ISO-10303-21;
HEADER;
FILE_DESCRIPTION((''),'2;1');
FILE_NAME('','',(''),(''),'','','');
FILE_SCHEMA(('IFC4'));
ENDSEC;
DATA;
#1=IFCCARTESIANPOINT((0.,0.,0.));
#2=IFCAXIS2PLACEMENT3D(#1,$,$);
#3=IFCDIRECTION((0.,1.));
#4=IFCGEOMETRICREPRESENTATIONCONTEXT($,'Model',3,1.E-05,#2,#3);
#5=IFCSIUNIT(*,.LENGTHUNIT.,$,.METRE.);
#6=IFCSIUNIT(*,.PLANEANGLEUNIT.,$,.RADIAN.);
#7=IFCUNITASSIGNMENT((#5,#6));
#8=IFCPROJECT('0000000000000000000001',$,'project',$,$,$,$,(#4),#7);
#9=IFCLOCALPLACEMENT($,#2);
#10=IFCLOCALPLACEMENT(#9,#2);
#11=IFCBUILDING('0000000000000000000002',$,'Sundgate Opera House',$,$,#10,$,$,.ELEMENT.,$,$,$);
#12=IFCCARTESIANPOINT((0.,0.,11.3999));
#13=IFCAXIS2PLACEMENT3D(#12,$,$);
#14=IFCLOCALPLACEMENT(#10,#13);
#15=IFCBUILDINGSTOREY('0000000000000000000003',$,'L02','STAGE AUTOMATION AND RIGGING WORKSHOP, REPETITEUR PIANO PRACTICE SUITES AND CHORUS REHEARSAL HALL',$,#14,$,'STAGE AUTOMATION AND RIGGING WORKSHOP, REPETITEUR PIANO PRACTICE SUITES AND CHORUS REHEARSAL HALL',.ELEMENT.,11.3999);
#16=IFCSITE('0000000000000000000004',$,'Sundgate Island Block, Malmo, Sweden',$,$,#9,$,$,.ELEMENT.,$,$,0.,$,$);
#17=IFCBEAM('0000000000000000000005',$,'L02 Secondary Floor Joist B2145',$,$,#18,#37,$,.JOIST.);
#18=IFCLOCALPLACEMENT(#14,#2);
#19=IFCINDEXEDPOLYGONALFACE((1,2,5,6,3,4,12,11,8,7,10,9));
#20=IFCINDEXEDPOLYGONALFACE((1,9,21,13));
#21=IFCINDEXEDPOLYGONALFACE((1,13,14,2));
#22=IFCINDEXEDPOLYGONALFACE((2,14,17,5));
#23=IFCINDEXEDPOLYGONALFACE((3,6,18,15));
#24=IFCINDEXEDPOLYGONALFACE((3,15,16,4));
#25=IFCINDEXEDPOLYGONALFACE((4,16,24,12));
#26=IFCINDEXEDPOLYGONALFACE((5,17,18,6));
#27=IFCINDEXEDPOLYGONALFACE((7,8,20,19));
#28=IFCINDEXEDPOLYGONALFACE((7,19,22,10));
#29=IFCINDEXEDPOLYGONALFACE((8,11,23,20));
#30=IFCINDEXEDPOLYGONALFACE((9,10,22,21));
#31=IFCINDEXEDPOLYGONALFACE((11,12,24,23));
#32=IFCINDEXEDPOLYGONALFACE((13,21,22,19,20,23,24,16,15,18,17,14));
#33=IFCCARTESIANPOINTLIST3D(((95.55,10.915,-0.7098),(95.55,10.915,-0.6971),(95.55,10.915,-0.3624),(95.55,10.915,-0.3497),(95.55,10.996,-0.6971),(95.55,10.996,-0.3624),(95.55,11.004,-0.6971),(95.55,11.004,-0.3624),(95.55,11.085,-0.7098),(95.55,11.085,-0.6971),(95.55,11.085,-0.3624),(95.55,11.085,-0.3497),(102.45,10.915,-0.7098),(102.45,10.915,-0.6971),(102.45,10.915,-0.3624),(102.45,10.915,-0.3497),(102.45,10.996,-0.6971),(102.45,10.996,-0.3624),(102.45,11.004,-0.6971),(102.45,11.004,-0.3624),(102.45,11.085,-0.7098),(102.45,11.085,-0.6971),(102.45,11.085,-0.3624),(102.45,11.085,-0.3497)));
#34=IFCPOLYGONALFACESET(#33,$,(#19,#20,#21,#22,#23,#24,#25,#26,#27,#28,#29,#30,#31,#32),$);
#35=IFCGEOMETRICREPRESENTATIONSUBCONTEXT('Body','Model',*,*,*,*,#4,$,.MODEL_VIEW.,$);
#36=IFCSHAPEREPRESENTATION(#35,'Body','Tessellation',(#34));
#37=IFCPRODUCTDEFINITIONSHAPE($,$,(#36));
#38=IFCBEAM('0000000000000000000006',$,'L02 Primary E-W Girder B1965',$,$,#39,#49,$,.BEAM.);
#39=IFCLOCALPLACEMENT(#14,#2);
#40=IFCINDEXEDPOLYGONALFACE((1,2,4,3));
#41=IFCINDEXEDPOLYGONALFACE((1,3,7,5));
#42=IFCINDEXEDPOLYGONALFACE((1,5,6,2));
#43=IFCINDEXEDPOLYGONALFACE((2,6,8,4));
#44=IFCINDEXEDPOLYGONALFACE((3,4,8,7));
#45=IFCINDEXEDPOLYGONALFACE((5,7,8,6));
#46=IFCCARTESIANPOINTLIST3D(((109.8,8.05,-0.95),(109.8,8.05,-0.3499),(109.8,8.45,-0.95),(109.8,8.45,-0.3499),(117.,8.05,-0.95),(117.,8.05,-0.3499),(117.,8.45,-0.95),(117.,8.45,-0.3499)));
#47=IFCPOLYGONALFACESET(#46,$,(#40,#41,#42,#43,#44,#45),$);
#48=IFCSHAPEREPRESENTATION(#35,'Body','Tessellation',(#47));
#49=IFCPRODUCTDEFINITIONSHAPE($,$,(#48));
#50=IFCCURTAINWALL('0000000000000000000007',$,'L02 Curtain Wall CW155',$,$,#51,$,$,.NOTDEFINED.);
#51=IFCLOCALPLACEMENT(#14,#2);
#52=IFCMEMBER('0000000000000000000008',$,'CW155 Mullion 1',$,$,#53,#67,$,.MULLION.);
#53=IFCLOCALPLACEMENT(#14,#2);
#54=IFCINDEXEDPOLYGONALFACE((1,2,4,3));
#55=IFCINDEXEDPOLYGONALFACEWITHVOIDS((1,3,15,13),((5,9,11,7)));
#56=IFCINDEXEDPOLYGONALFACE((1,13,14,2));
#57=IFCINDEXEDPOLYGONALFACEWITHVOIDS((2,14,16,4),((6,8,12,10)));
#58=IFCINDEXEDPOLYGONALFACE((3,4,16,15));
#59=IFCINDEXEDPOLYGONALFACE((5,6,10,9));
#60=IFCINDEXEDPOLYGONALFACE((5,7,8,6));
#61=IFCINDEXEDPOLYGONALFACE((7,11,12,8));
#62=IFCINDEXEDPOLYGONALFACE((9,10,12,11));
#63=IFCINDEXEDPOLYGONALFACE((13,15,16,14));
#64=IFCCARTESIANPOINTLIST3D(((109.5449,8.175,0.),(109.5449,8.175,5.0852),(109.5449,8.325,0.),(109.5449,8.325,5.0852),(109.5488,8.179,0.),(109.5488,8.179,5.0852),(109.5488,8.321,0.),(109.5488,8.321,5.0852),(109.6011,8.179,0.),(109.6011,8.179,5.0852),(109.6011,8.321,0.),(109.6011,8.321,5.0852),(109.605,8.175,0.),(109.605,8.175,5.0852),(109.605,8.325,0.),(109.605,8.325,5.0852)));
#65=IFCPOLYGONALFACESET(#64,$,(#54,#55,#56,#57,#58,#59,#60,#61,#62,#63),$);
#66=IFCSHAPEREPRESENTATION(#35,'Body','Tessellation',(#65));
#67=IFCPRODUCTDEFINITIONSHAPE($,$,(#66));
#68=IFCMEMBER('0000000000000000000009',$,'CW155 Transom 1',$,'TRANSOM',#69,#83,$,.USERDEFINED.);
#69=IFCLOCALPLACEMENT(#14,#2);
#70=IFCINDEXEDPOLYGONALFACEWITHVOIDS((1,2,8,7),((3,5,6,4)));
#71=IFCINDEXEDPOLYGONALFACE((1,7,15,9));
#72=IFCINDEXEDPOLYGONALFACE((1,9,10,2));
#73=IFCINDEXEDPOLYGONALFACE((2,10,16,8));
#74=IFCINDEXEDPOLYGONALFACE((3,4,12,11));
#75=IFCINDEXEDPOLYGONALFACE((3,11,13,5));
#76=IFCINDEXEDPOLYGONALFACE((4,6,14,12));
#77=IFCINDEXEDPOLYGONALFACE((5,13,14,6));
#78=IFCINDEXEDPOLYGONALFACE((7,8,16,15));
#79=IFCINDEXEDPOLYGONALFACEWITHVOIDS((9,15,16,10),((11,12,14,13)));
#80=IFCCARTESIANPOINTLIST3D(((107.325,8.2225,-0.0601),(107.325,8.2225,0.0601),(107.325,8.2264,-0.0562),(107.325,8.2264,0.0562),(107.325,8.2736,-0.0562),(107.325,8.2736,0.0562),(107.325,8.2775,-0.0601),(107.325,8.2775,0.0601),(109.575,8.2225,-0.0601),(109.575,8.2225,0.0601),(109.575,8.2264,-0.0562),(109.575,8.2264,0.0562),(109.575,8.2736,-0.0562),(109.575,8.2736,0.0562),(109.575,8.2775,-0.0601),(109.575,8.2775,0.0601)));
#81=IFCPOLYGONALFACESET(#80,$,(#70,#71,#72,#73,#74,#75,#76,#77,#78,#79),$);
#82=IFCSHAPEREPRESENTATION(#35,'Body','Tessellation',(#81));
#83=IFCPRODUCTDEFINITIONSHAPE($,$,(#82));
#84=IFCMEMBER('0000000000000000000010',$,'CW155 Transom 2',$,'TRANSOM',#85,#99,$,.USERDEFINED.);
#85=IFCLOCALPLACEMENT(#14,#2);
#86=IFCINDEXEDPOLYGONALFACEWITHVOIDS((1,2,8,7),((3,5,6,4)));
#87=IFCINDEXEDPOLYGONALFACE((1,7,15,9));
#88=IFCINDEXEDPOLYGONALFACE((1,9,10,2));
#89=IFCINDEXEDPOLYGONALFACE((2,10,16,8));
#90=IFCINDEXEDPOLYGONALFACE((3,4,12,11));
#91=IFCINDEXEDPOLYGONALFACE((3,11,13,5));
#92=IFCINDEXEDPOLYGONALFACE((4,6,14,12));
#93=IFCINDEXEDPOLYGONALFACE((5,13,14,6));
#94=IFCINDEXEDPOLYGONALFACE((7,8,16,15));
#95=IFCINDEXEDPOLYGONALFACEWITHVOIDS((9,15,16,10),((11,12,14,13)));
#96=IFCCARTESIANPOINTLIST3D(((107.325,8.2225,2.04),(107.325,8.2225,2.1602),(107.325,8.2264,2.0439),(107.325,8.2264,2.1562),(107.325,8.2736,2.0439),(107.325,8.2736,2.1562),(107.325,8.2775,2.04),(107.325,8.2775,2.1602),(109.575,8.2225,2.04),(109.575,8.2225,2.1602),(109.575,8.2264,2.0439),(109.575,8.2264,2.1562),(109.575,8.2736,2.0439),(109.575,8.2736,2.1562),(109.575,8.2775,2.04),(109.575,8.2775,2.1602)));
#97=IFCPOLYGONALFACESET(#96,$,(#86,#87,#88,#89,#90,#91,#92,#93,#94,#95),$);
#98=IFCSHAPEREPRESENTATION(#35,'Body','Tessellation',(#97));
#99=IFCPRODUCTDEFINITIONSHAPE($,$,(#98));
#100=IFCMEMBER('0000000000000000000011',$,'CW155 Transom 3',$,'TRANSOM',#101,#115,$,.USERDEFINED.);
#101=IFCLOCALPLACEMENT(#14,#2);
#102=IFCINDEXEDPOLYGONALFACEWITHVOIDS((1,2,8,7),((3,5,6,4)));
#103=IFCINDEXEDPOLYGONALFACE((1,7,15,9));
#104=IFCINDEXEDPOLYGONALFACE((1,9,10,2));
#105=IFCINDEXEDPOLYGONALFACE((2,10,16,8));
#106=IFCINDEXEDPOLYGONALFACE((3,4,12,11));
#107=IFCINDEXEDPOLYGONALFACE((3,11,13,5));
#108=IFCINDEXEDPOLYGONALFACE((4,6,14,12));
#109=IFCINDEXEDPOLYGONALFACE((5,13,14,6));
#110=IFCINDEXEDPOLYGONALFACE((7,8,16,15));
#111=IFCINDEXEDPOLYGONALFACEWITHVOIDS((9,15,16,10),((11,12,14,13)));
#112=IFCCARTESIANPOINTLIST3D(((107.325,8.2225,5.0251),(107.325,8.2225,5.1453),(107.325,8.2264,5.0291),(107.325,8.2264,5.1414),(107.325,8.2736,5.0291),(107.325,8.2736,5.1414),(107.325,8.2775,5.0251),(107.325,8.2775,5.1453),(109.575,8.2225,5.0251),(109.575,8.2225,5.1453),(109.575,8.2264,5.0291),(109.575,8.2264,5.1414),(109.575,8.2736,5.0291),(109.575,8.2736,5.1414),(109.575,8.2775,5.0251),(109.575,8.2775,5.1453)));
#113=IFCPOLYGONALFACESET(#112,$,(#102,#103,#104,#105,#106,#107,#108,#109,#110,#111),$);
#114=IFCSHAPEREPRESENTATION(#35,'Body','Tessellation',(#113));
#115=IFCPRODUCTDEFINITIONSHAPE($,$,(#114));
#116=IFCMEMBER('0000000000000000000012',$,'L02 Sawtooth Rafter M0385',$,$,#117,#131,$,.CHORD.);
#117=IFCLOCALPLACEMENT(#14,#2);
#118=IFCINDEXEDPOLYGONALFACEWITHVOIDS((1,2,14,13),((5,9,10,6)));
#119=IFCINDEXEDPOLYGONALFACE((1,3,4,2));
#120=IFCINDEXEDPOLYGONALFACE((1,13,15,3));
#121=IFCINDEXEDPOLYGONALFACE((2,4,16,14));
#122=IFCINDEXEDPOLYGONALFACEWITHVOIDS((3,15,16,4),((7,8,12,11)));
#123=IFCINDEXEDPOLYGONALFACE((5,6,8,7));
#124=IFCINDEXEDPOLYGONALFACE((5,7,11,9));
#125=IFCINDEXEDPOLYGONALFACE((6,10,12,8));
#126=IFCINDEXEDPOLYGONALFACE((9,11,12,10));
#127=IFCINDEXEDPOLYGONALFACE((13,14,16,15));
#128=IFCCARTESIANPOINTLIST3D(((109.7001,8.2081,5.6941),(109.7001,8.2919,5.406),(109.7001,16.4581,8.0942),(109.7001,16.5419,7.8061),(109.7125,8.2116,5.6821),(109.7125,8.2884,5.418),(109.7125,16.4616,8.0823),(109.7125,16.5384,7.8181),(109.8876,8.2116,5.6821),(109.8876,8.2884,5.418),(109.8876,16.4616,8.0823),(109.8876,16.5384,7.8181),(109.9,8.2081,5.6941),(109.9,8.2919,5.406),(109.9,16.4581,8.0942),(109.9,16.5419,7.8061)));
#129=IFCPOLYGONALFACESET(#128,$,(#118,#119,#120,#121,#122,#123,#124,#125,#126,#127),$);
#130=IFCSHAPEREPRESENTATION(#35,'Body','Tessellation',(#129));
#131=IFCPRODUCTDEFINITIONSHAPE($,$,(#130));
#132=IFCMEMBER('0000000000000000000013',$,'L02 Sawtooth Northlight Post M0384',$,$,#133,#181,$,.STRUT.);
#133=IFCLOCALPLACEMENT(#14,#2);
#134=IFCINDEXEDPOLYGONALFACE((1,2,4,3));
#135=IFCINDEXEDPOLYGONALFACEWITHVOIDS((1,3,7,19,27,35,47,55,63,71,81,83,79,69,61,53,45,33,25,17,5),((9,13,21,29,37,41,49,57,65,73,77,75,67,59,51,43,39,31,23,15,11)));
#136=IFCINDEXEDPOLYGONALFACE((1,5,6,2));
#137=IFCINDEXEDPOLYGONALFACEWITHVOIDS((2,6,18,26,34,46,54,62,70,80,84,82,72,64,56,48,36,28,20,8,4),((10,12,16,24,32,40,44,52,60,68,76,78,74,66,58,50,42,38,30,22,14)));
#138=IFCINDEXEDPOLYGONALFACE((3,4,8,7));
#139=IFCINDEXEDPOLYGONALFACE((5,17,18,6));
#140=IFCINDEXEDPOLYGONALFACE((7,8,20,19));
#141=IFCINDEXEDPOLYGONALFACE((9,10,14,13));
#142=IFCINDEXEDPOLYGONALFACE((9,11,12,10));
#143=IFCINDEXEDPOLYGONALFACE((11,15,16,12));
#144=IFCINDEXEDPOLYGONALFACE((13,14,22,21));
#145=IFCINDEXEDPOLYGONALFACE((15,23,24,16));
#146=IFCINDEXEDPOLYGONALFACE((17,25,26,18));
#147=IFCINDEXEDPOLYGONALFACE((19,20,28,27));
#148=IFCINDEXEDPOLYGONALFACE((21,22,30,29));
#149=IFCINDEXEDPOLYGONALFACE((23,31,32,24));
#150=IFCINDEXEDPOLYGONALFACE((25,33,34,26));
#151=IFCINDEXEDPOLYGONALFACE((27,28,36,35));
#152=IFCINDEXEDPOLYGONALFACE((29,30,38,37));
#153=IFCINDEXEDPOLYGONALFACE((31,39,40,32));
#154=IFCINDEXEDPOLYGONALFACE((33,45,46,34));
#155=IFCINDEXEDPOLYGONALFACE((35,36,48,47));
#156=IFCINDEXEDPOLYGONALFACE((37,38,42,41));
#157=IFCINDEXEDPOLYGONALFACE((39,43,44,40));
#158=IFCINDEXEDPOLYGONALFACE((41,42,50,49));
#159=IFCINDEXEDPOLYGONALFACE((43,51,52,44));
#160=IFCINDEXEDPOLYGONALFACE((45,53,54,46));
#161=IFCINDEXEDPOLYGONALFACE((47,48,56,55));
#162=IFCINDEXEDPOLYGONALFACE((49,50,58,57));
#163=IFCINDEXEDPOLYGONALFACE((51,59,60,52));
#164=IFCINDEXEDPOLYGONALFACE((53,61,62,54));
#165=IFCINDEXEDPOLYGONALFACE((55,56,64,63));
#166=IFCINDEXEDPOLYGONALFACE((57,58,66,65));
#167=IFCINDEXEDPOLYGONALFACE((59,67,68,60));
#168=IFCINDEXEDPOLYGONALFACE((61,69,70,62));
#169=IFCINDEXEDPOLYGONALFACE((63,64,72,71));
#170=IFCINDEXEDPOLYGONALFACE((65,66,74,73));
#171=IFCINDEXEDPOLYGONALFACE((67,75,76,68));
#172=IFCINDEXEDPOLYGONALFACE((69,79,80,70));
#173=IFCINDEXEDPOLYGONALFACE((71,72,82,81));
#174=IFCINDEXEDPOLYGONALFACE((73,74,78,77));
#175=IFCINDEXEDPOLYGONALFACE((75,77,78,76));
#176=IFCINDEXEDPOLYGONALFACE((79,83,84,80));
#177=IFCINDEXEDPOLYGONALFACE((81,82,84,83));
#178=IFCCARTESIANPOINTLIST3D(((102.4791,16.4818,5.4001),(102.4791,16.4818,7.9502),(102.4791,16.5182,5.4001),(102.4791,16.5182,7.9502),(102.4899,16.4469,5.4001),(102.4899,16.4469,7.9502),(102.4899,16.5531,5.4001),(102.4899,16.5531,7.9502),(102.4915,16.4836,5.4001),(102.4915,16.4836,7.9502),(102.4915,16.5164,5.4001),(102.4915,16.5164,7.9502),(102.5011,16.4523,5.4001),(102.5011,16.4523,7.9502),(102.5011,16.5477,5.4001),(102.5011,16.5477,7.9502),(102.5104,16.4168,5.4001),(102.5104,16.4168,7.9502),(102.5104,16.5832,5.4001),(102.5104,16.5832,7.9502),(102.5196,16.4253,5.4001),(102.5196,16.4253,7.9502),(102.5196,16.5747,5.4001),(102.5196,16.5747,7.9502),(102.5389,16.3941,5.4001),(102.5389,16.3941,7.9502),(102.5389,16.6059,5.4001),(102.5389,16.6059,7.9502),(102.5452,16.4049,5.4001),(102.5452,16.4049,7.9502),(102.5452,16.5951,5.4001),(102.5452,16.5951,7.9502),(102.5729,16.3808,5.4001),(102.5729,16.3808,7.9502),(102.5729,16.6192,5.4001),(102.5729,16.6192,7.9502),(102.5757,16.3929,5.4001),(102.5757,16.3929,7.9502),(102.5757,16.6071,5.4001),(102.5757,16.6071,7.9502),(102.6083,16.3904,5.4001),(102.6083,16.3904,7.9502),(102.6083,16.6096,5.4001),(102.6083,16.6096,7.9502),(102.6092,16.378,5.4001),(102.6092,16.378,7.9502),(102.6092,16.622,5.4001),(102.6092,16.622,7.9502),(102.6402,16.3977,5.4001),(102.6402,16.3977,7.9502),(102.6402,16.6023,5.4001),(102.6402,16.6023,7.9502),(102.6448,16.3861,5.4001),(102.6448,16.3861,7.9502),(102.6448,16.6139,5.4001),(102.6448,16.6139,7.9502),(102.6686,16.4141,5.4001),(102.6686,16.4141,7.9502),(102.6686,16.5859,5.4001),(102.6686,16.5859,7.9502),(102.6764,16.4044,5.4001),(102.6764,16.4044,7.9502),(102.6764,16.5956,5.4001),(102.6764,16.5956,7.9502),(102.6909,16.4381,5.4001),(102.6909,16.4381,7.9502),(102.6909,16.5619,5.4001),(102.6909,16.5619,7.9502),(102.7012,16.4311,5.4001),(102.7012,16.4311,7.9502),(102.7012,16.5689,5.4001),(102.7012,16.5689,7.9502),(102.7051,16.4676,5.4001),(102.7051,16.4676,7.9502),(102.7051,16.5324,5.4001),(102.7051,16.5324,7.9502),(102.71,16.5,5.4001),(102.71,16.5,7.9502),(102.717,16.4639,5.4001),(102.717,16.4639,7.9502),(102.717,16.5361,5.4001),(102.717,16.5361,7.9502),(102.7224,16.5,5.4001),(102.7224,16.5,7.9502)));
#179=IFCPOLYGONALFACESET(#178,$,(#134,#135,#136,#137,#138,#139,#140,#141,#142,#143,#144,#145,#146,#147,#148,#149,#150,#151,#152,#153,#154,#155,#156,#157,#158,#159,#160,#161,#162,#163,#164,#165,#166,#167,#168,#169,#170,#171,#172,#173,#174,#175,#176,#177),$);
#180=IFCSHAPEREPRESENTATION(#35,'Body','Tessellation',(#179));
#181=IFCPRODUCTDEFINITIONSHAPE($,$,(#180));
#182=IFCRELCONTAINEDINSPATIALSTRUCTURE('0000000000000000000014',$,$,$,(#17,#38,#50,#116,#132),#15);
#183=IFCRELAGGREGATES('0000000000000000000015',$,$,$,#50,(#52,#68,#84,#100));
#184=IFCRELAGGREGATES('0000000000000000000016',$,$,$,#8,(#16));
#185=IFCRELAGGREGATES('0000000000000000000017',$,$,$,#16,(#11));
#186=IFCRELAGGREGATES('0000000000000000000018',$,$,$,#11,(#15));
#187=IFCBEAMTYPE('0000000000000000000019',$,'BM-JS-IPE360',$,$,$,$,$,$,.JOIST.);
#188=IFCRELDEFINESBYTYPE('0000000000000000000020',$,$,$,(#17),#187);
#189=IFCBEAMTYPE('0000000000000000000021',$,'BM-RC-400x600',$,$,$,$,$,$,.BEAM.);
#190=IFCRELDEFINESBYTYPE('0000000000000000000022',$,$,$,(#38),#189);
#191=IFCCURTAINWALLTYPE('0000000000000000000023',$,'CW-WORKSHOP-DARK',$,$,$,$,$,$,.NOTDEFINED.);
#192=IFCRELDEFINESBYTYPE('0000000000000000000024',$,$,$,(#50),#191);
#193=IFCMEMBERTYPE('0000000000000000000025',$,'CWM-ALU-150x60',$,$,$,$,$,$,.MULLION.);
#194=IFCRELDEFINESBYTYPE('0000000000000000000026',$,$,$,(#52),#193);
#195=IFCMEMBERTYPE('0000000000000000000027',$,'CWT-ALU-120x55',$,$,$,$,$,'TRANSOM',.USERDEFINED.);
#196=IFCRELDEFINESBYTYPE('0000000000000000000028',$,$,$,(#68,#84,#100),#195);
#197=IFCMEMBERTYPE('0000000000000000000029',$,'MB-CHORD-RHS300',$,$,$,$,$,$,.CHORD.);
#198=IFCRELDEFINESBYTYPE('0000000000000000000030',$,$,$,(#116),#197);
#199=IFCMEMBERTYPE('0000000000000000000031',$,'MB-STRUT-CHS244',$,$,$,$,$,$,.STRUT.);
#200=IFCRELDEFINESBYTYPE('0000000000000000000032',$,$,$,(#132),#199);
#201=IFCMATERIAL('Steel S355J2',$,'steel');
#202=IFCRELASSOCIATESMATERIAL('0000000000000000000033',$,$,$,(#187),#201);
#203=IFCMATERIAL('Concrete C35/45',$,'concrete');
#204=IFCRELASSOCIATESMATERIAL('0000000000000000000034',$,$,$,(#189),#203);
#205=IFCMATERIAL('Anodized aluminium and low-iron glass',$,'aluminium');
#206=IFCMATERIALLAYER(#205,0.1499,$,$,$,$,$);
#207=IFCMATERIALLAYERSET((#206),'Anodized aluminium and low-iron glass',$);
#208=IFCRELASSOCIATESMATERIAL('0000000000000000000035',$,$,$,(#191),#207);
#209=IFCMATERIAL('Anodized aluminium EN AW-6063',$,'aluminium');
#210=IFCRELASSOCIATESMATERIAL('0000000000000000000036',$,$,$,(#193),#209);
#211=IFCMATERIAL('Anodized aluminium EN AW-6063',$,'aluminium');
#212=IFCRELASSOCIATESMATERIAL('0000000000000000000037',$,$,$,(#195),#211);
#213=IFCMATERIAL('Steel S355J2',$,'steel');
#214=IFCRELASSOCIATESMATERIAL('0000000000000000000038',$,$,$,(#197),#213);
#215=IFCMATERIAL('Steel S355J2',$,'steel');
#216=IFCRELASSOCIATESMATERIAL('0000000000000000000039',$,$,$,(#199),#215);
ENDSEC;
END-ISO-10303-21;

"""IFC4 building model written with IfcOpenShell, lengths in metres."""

from ifc_helpers import new_model, si_unit, direction, frame, origin, origin_2d, place, context, subcontext, project, spatial, rectangle, hollow_rectangle, hollow_circle, i_section, extrude, material, layer, layer_set, material_profile, profile_set, type_object, element, aggregate, save


model = new_model("IFC4")

# Units and contexts
model_context = context("Model", 3, precision=1e-05, world=origin(), true_north=direction((0.0, 1.0)))
body_context = subcontext(model_context, "Body", "Model", "MODEL_VIEW")
ifc_project = project(units=[si_unit("LENGTHUNIT", "METRE"), si_unit("PLANEANGLEUNIT", "RADIAN")], contexts=[model_context])

# Site, building, storey
site_placement = place(None, origin())
site = spatial("IfcSite", under=ifc_project, at=site_placement, Name="Sundgate Island Block, Malmo, Sweden", CompositionType="ELEMENT", RefElevation=0.0)
building_placement = place(site_placement, origin())
building = spatial("IfcBuilding", under=site, at=building_placement, Name="Sundgate Opera House", CompositionType="ELEMENT")
storey_placement = place(building_placement, frame((0.0, 0.0, 11.3999)))
storey = spatial("IfcBuildingStorey", under=building, at=storey_placement, Name="L02", Description="STAGE AUTOMATION AND RIGGING WORKSHOP, REPETITEUR PIANO PRACTICE SUITES AND CHORUS REHEARSAL HALL", LongName="STAGE AUTOMATION AND RIGGING WORKSHOP, REPETITEUR PIANO PRACTICE SUITES AND CHORUS REHEARSAL HALL", CompositionType="ELEMENT", Elevation=11.3999)

# Beams
ifc_material_1 = material(Name="Steel S355J2", Category="steel")
ifc_material_profile_1 = material_profile(ifc_material_1, i_section(OverallWidth=0.1699, OverallDepth=0.3601, WebThickness=0.0081, FlangeThickness=0.0127, at=origin_2d()), Name="IPE 360")
ifc_profile_set_1 = profile_set([ifc_material_profile_1], Name="Steel S355J2")
beam_type_1 = type_object("IfcBeamType", Name="BM-JS-IPE360", PredefinedType="JOIST", material=ifc_profile_set_1)
beam_1_placement = place(storey_placement, frame((95.55, 11.0, -0.5298), z_axis=(1.0, 0.0, 0.0), x_axis=(0.0, 1.0, 0.0)))
element("IfcBeam", 1, at=beam_1_placement, inside=storey, type_object=beam_type_1, Name="L02 Secondary Floor Joist B2145", PredefinedType="JOIST", context=body_context, shape_type="SweptSolid", body=[
    extrude(i_section(OverallWidth=0.1699, OverallDepth=0.3601, WebThickness=0.0081, FlangeThickness=0.0127, at=origin_2d()), origin(), (0.0, 0.0, 1.0), 6.8999),
])
ifc_material_2 = material(Name="Concrete C35/45", Category="concrete")
ifc_material_profile_2 = material_profile(ifc_material_2, rectangle(XDim=0.3999, YDim=0.6001, at=origin_2d()), Name="RC 400x600")
ifc_profile_set_2 = profile_set([ifc_material_profile_2], Name="Concrete C35/45")
beam_type_2 = type_object("IfcBeamType", Name="BM-RC-400x600", PredefinedType="BEAM", material=ifc_profile_set_2)
beam_2_placement = place(storey_placement, frame((109.8, 8.25, -0.6499), z_axis=(1.0, 0.0, 0.0), x_axis=(0.0, 1.0, 0.0)))
element("IfcBeam", 2, at=beam_2_placement, inside=storey, type_object=beam_type_2, Name="L02 Primary E-W Girder B1965", PredefinedType="BEAM", context=body_context, shape_type="SweptSolid", body=[
    extrude(rectangle(XDim=0.3999, YDim=0.6001, at=origin_2d()), origin(), (0.0, 0.0, 1.0), 7.2),
])

# Curtain wall, members
ifc_material_3 = material(Name="Anodized aluminium and low-iron glass", Category="aluminium")
ifc_layer_1 = layer(ifc_material_3, 0.1499)
ifc_layer_set_1 = layer_set([ifc_layer_1], Name="Anodized aluminium and low-iron glass")
curtain_wall_type = type_object("IfcCurtainWallType", Name="CW-WORKSHOP-DARK", PredefinedType="NOTDEFINED", material=ifc_layer_set_1)
curtain_wall_placement = place(storey_placement, origin())
curtain_wall = element("IfcCurtainWall", 3, at=curtain_wall_placement, inside=storey, type_object=curtain_wall_type, Name="L02 Curtain Wall CW155", PredefinedType="NOTDEFINED")
ifc_material_4 = material(Name="Anodized aluminium EN AW-6063", Category="aluminium")
ifc_material_profile_3 = material_profile(ifc_material_4, hollow_rectangle(XDim=0.0601, YDim=0.1499, WallThickness=0.0039, at=origin_2d()), Name="CWM 150x60x4")
ifc_profile_set_3 = profile_set([ifc_material_profile_3], Name="Anodized aluminium EN AW-6063")
member_type_1 = type_object("IfcMemberType", Name="CWM-ALU-150x60", PredefinedType="MULLION", material=ifc_profile_set_3)
member_1_placement = place(storey_placement, frame((109.575, 8.25, 0.0), z_axis=(0.0, 0.0, 1.0), x_axis=(1.0, 0.0, 0.0)))
member_1 = element("IfcMember", 4, at=member_1_placement, type_object=member_type_1, Name="CW155 Mullion 1", PredefinedType="MULLION", context=body_context, shape_type="SweptSolid", body=[
    extrude(hollow_rectangle(XDim=0.0601, YDim=0.1499, WallThickness=0.0039, at=origin_2d()), origin(), (0.0, 0.0, 1.0), 5.0852),
])
ifc_material_5 = material(Name="Anodized aluminium EN AW-6063", Category="aluminium")
ifc_material_profile_4 = material_profile(ifc_material_5, hollow_rectangle(XDim=0.0549, YDim=0.1201, WallThickness=0.0039, at=origin_2d()), Name="CWT 120x55x4")
ifc_profile_set_4 = profile_set([ifc_material_profile_4], Name="Anodized aluminium EN AW-6063")
member_type_2 = type_object("IfcMemberType", Name="CWT-ALU-120x55", ElementType="TRANSOM", PredefinedType="USERDEFINED", material=ifc_profile_set_4)
member_2_placement = place(storey_placement, frame((109.575, 8.25, 0.0), z_axis=(-1.0, 0.0, 0.0), x_axis=(0.0, -1.0, 0.0)))
member_2 = element("IfcMember", 5, at=member_2_placement, type_object=member_type_2, Name="CW155 Transom 1", ObjectType="TRANSOM", PredefinedType="USERDEFINED", context=body_context, shape_type="SweptSolid", body=[
    extrude(hollow_rectangle(XDim=0.0549, YDim=0.1201, WallThickness=0.0039, at=origin_2d()), origin(), (0.0, 0.0, 1.0), 2.25),
])
member_3_placement = place(storey_placement, frame((109.575, 8.25, 2.1001), z_axis=(-1.0, 0.0, 0.0), x_axis=(0.0, -1.0, 0.0)))
member_3 = element("IfcMember", 6, at=member_3_placement, type_object=member_type_2, Name="CW155 Transom 2", ObjectType="TRANSOM", PredefinedType="USERDEFINED", context=body_context, shape_type="SweptSolid", body=[
    extrude(hollow_rectangle(XDim=0.0549, YDim=0.1201, WallThickness=0.0039, at=origin_2d()), origin(), (0.0, 0.0, 1.0), 2.25),
])
member_4_placement = place(storey_placement, frame((109.575, 8.25, 5.0852), z_axis=(-1.0, 0.0, 0.0), x_axis=(0.0, -1.0, 0.0)))
member_4 = element("IfcMember", 7, at=member_4_placement, type_object=member_type_2, Name="CW155 Transom 3", ObjectType="TRANSOM", PredefinedType="USERDEFINED", context=body_context, shape_type="SweptSolid", body=[
    extrude(hollow_rectangle(XDim=0.0549, YDim=0.1201, WallThickness=0.0039, at=origin_2d()), origin(), (0.0, 0.0, 1.0), 2.25),
])

# Members
ifc_material_6 = material(Name="Steel S355J2", Category="steel")
ifc_material_profile_5 = material_profile(ifc_material_6, hollow_rectangle(XDim=0.2, YDim=0.3, WallThickness=0.0125, at=origin_2d()), Name="RHS 300x200x12.5")
ifc_profile_set_5 = profile_set([ifc_material_profile_5], Name="Steel S355J2")
member_type_3 = type_object("IfcMemberType", Name="MB-CHORD-RHS300", PredefinedType="CHORD", material=ifc_profile_set_5)
member_5_placement = place(storey_placement, frame((109.8, 8.25, 5.55), z_axis=(0.0, 0.960191, 0.279345), x_axis=(-1.0, 0.0, 0.0)))
element("IfcMember", 8, at=member_5_placement, inside=storey, type_object=member_type_3, Name="L02 Sawtooth Rafter M0385", PredefinedType="CHORD", context=body_context, shape_type="SweptSolid", body=[
    extrude(hollow_rectangle(XDim=0.2, YDim=0.3, WallThickness=0.0125, at=origin_2d()), origin(), (0.0, 0.0, 1.0), 8.592),
])
ifc_material_7 = material(Name="Steel S355J2", Category="steel")
ifc_material_profile_6 = material_profile(ifc_material_7, hollow_circle(Radius=0.1223, WallThickness=0.0125, at=origin_2d()), Name="CHS 244.5x12.5")
ifc_profile_set_6 = profile_set([ifc_material_profile_6], Name="Steel S355J2")
member_type_4 = type_object("IfcMemberType", Name="MB-STRUT-CHS244", PredefinedType="STRUT", material=ifc_profile_set_6)
member_6_placement = place(storey_placement, frame((102.6001, 16.5, 5.4001), z_axis=(0.0, 0.0, 1.0), x_axis=(1.0, 0.0, 0.0)))
element("IfcMember", 9, at=member_6_placement, inside=storey, type_object=member_type_4, Name="L02 Sawtooth Northlight Post M0384", PredefinedType="STRUT", context=body_context, shape_type="SweptSolid", body=[
    extrude(hollow_circle(Radius=0.1223, WallThickness=0.0125, at=origin_2d()), origin(), (0.0, 0.0, 1.0), 2.55),
])

aggregate(curtain_wall, [member_1, member_2, member_3, member_4])

save(model, "model.ifc")
